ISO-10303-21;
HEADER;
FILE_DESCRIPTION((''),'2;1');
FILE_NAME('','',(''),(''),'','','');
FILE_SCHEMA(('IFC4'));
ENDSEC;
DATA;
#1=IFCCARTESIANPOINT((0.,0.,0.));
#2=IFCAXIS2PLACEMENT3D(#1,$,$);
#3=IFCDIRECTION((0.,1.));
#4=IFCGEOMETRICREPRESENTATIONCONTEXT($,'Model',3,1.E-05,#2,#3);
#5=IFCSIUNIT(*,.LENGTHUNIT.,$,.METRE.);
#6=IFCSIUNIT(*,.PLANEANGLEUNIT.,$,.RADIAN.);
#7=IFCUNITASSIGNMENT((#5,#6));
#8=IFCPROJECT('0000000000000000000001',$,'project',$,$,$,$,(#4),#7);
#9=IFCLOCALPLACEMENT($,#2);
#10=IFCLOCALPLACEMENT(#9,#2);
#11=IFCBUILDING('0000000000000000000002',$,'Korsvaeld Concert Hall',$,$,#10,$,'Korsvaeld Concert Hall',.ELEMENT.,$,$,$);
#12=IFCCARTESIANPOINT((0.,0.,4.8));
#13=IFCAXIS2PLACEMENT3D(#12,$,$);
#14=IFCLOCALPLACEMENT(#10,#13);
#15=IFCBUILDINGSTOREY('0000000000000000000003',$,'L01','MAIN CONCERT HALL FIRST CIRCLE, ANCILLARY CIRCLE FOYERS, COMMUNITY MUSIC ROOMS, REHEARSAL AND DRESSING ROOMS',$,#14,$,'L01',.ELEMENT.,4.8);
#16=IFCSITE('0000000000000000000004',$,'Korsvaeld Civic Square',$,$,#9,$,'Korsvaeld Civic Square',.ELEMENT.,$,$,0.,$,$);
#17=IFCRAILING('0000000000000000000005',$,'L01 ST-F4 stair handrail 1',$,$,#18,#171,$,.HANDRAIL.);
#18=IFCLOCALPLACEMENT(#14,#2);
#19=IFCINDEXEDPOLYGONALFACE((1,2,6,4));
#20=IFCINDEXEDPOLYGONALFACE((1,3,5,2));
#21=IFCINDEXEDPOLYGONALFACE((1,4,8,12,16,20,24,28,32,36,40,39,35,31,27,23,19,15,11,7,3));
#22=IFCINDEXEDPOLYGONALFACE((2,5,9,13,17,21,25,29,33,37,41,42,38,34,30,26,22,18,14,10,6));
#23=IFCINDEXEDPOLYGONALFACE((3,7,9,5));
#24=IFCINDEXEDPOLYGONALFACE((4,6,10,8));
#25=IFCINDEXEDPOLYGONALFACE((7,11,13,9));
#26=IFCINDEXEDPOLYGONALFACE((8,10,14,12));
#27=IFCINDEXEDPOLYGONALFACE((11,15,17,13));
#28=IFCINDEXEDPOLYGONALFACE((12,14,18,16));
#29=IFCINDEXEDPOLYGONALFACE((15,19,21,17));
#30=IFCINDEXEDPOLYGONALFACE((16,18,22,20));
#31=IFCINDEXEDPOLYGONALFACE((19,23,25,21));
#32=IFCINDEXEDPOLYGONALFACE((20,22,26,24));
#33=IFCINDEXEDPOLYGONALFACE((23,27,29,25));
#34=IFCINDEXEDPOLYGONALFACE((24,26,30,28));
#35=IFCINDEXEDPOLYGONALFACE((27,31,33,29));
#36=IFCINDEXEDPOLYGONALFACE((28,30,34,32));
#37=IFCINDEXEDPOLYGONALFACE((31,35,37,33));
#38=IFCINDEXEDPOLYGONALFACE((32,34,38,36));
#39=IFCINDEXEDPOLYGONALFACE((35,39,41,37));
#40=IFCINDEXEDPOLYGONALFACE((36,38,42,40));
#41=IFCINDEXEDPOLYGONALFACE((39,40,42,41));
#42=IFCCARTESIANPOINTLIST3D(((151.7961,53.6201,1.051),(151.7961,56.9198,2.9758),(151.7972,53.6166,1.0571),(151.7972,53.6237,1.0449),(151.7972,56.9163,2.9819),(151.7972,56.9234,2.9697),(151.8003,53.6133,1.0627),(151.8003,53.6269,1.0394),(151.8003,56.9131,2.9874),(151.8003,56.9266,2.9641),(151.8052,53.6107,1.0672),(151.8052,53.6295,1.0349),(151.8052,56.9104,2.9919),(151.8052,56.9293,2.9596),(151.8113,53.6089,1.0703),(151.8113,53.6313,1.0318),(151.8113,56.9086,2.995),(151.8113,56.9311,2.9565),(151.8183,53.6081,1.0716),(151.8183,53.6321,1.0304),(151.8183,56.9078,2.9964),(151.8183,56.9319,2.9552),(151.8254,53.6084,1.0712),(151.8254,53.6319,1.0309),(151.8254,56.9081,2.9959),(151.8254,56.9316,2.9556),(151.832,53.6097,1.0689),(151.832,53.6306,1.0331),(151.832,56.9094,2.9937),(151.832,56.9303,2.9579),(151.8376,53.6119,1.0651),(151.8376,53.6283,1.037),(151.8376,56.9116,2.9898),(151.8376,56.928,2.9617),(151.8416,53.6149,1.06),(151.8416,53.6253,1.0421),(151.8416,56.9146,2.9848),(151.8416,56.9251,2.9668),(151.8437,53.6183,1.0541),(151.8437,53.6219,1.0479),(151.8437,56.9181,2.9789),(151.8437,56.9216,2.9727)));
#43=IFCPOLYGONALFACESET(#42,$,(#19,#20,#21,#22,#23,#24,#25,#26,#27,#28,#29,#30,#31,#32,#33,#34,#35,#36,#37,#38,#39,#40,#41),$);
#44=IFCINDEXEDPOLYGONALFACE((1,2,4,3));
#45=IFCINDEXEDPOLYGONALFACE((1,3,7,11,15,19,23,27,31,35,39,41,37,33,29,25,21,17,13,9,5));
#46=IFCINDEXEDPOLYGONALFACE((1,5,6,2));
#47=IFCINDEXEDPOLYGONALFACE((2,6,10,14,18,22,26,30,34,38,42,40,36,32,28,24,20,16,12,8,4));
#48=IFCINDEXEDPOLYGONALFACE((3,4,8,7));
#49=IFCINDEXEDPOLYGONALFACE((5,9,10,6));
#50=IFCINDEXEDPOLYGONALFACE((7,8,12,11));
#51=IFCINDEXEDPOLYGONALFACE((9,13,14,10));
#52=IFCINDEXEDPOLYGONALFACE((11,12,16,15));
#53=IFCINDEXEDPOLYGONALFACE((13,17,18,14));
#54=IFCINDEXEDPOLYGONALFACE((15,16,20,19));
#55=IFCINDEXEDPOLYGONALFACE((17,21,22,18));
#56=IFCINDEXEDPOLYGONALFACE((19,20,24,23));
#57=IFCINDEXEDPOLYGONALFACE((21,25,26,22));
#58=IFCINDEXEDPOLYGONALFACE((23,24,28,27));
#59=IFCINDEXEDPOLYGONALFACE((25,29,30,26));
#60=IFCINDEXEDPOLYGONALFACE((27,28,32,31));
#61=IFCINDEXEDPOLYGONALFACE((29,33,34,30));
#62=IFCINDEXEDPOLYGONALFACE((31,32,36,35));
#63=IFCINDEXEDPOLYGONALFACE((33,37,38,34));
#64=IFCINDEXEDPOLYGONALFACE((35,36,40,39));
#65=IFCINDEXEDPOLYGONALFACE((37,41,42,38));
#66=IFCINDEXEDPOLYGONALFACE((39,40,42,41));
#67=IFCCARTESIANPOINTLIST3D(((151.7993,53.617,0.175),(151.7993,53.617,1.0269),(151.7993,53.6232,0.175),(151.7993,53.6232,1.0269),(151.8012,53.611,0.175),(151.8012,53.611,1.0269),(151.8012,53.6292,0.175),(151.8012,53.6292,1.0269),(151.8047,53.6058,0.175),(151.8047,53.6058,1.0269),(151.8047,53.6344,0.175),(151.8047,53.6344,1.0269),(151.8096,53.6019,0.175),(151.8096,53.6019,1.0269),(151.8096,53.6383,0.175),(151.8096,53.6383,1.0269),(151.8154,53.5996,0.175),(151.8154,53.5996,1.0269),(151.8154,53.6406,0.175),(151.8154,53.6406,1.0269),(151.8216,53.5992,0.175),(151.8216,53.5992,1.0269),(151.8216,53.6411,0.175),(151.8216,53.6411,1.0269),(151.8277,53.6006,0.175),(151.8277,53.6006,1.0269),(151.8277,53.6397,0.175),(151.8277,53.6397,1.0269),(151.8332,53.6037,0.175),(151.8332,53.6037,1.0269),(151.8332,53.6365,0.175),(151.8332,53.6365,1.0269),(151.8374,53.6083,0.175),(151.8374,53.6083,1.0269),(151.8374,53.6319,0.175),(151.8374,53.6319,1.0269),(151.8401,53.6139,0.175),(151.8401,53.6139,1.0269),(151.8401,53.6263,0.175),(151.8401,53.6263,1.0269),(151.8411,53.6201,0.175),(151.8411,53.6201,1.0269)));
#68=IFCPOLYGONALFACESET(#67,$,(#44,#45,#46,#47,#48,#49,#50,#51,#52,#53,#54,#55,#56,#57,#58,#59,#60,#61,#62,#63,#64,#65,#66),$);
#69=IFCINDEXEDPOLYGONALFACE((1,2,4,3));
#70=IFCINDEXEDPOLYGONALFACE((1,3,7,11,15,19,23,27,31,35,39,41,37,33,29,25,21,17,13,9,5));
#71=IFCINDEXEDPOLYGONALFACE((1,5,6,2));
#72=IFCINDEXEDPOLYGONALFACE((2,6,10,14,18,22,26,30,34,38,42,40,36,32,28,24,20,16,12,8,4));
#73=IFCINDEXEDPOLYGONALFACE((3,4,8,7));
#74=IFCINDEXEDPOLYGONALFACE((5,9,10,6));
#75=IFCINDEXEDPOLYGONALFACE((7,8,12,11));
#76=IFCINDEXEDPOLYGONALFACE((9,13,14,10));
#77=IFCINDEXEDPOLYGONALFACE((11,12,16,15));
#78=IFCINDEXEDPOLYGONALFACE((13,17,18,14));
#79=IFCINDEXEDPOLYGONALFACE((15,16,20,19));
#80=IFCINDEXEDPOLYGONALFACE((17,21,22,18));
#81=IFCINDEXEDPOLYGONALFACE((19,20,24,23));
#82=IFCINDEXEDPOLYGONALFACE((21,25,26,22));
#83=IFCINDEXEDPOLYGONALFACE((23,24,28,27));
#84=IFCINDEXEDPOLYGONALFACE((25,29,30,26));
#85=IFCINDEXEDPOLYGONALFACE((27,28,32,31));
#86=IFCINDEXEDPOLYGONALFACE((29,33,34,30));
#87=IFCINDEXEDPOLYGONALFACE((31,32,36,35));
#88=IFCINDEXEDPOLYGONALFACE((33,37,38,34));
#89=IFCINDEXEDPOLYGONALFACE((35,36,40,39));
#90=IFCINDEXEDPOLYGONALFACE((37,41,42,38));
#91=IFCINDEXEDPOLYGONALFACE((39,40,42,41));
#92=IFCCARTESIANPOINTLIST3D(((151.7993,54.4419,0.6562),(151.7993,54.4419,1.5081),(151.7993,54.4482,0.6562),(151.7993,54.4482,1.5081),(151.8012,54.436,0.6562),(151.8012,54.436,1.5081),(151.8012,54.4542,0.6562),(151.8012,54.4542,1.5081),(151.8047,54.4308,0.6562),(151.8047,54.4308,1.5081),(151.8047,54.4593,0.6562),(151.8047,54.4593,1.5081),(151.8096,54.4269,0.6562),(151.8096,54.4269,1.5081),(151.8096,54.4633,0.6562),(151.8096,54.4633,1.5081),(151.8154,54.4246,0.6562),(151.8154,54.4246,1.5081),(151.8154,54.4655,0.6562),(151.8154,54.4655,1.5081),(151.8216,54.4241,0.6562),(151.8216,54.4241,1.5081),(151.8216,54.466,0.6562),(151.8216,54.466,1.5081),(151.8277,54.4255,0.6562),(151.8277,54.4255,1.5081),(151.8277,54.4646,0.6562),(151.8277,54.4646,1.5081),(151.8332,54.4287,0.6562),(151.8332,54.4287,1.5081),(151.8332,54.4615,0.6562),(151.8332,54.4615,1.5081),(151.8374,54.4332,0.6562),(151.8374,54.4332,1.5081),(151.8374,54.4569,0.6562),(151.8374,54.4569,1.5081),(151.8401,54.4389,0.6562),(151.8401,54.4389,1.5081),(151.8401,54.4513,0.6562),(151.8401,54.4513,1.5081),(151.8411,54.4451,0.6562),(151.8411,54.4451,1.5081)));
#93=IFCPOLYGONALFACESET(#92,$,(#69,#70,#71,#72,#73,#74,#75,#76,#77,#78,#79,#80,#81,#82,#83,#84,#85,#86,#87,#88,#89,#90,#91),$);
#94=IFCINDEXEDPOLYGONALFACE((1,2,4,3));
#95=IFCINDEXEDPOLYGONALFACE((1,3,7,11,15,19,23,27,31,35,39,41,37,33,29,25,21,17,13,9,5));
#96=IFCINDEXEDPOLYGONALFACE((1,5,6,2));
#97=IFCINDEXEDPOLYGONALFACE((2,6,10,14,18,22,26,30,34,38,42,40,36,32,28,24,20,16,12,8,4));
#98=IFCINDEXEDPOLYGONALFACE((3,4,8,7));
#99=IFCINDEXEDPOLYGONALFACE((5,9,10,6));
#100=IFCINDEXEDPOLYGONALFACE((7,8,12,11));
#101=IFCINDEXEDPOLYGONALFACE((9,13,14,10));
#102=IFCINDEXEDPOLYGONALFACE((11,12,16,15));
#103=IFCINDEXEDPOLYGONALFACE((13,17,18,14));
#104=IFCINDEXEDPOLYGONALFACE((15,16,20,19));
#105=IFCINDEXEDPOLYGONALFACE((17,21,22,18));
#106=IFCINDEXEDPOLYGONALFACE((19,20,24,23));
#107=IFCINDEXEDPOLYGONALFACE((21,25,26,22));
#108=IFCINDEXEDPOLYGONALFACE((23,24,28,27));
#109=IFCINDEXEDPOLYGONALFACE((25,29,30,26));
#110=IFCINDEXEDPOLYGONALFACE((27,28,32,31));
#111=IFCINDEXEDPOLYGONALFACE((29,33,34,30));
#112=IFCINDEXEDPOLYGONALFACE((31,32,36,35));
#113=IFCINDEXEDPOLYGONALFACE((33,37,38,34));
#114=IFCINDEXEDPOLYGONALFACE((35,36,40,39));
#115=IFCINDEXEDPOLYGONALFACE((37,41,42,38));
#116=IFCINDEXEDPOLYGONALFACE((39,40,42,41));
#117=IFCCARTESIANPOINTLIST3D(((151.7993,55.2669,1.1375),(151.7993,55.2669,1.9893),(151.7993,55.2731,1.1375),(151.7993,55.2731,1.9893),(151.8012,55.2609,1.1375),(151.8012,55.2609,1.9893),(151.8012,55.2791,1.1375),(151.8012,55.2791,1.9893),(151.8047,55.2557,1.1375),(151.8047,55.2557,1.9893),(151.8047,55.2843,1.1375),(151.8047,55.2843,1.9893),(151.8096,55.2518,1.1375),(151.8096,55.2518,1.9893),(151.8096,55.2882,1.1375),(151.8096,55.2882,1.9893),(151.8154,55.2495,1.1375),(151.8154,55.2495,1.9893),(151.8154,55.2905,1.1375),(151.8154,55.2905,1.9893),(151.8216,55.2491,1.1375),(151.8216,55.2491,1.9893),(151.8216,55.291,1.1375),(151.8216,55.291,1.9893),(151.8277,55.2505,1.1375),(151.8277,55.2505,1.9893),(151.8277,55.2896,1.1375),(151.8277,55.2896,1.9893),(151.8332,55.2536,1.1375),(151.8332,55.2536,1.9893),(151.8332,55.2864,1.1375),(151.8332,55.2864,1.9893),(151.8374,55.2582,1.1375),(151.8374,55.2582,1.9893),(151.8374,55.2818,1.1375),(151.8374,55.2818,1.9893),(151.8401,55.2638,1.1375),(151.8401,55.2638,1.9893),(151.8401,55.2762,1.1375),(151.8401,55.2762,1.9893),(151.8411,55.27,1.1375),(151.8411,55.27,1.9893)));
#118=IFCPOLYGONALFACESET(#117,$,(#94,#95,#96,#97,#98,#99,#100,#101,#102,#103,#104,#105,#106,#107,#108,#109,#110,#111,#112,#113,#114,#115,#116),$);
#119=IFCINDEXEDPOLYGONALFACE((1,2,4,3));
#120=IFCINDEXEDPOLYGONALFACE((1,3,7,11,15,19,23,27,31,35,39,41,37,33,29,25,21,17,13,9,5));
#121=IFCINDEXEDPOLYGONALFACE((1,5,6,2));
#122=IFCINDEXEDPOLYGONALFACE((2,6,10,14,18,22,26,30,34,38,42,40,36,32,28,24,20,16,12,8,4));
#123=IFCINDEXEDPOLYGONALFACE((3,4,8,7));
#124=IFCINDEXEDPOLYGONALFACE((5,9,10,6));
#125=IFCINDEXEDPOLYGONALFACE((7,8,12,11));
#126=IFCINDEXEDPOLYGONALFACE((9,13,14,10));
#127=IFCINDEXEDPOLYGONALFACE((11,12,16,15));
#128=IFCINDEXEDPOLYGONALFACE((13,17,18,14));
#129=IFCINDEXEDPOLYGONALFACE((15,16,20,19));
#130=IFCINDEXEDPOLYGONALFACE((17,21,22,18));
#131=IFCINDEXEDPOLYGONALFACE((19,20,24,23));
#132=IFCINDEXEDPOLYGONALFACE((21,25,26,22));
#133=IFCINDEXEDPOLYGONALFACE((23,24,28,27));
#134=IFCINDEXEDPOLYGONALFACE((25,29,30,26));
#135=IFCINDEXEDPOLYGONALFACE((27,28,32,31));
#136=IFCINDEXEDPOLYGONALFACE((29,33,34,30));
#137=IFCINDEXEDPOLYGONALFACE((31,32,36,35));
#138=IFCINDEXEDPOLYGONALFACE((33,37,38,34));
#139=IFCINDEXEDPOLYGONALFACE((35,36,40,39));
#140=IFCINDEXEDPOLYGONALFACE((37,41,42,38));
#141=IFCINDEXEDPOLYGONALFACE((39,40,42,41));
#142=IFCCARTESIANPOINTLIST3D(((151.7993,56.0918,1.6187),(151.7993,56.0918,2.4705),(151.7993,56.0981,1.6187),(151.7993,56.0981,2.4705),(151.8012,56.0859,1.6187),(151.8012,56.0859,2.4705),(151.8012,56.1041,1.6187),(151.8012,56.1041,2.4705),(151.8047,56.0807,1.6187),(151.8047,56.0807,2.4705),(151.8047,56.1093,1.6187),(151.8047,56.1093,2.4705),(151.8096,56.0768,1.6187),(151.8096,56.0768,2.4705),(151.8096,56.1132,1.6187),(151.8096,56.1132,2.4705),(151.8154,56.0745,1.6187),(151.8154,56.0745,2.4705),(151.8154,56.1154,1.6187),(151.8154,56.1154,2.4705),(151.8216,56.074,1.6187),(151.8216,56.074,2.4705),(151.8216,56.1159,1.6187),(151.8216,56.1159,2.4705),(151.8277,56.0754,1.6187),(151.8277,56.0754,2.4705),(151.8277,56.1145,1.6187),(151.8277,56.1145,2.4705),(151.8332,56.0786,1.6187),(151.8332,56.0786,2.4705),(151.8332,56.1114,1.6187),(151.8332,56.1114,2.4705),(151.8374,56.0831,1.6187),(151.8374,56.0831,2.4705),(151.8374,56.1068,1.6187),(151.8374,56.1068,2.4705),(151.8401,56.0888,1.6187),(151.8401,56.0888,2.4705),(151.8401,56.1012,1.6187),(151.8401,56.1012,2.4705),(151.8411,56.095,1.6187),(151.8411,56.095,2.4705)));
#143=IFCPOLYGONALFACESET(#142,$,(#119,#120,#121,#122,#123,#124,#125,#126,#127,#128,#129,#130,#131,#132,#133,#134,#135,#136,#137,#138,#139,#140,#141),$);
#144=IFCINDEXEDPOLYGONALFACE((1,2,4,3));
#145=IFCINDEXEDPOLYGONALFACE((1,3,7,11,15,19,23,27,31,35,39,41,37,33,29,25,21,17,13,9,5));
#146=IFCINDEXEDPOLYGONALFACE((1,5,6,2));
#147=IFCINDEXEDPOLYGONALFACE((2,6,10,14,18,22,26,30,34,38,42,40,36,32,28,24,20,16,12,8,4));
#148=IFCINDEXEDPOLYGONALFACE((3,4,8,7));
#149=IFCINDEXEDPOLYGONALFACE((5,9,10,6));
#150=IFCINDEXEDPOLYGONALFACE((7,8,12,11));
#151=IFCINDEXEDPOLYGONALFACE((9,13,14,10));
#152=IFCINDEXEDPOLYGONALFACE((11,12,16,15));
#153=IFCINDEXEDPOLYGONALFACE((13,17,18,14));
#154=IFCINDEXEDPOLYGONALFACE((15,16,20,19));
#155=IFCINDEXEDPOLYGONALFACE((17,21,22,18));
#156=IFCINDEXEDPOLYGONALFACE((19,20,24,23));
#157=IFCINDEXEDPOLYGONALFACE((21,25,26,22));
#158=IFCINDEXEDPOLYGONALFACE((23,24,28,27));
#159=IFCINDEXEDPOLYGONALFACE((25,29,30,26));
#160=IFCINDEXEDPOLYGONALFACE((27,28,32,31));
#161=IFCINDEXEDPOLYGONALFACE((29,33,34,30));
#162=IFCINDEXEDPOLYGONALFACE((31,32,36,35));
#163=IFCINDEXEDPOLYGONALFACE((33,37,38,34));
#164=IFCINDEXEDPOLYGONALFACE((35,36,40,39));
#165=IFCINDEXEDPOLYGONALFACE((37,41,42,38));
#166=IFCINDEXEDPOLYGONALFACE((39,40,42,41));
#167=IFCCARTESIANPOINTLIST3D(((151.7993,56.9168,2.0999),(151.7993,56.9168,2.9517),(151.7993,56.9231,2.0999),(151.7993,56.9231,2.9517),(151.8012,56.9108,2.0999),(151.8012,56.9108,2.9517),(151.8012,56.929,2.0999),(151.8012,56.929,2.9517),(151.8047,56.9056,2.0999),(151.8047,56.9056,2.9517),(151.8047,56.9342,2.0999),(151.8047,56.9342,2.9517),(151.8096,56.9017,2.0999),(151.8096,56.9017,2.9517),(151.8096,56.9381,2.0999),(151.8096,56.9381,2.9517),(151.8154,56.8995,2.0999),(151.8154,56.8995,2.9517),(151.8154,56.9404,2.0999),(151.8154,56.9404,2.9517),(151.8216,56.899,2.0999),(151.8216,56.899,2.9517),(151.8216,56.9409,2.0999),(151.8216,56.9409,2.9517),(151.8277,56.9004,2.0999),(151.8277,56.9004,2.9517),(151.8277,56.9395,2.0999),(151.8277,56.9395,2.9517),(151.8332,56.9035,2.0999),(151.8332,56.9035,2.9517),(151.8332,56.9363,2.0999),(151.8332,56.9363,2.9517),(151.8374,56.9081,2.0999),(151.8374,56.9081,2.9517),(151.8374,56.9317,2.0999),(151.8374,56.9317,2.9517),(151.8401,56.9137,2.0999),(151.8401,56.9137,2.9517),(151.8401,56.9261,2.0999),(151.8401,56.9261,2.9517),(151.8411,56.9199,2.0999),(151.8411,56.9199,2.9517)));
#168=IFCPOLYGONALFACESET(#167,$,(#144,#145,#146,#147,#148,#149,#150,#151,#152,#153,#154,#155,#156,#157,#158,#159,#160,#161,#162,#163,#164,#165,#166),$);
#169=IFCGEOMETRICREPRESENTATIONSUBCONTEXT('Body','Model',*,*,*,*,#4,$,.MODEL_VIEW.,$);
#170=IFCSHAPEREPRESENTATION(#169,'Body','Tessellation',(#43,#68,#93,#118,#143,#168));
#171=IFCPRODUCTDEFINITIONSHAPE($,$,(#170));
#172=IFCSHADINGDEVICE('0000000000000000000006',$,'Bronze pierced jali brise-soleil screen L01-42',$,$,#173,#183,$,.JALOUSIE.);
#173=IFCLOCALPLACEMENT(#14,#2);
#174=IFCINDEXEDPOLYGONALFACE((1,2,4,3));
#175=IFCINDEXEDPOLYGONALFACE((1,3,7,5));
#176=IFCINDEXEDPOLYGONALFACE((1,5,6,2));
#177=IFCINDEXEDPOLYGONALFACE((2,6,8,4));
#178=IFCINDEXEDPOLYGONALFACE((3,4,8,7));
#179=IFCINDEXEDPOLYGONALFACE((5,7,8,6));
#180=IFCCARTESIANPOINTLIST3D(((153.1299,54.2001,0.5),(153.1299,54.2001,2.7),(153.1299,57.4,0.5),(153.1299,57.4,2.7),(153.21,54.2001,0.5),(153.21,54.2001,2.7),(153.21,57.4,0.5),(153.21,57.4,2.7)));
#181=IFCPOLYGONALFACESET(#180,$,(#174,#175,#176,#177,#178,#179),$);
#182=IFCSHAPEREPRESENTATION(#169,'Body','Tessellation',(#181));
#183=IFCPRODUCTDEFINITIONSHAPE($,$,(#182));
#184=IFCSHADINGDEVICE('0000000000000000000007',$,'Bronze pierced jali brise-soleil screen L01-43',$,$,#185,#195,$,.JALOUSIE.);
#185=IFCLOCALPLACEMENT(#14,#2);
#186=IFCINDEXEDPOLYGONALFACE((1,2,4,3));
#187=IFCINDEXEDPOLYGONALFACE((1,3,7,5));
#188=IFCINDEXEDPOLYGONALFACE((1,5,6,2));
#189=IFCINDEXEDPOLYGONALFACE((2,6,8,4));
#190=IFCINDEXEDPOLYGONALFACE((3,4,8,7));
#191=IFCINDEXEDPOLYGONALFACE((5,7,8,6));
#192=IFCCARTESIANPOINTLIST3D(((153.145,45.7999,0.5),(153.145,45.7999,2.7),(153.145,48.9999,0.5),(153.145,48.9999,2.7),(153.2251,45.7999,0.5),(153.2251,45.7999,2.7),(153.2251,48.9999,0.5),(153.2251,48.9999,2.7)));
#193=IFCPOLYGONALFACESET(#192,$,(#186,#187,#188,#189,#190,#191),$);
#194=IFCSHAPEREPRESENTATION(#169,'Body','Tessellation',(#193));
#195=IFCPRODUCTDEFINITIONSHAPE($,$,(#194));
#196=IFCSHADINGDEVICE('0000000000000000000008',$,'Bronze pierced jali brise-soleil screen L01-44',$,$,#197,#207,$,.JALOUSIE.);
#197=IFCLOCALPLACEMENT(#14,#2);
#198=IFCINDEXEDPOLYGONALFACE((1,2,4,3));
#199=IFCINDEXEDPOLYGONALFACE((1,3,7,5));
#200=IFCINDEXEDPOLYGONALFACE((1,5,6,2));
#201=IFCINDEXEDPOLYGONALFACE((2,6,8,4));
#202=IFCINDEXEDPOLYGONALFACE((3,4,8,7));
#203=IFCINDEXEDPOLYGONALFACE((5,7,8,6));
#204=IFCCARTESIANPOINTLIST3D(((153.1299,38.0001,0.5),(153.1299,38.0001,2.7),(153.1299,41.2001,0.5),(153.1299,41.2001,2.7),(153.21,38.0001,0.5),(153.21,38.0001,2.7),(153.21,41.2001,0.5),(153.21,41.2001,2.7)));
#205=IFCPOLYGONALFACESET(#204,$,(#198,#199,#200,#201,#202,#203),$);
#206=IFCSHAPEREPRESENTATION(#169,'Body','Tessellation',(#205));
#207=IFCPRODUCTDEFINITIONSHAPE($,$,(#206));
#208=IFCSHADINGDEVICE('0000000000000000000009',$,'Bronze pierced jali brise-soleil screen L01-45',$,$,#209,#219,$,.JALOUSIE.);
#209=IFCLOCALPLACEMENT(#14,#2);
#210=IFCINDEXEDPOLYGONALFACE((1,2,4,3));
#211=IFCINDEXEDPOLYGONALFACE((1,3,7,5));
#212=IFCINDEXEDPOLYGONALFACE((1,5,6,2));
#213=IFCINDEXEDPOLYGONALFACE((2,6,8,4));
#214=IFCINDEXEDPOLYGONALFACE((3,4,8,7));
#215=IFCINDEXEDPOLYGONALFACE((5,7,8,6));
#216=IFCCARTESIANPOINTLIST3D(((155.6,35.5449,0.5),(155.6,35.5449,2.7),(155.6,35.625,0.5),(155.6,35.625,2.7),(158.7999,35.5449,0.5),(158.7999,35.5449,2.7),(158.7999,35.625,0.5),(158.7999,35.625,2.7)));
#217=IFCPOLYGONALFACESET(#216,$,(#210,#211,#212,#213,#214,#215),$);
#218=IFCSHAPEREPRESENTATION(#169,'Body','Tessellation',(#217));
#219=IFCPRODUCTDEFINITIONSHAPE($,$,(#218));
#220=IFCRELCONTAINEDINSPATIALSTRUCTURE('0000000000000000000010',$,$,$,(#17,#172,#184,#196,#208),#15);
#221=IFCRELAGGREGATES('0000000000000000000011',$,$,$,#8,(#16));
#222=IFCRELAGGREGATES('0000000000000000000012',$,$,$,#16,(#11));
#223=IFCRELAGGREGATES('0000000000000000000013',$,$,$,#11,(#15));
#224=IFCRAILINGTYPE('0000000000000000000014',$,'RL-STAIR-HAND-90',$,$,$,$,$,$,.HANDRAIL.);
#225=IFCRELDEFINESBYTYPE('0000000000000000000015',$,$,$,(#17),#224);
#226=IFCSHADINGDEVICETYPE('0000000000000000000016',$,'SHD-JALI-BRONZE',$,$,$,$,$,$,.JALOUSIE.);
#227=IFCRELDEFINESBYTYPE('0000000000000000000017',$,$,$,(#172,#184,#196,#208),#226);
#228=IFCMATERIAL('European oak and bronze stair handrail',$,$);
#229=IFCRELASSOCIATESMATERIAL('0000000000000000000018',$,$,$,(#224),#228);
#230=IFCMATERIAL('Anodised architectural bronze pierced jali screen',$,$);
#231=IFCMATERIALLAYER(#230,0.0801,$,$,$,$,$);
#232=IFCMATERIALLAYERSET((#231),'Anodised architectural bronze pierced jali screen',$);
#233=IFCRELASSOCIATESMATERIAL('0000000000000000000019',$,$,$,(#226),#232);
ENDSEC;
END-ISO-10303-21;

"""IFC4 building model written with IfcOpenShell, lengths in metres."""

from ifc_helpers import new_model, si_unit, direction, frame, origin, origin_2d, place, context, subcontext, project, spatial, rectangle, circle, extrude, material, layer, layer_set, type_object, element, save


model = new_model("IFC4")

# Units and contexts
model_context = context("Model", 3, precision=1e-05, world=origin(), true_north=direction((0.0, 1.0)))
body_context = subcontext(model_context, "Body", "Model", "MODEL_VIEW")
ifc_project = project(units=[si_unit("LENGTHUNIT", "METRE"), si_unit("PLANEANGLEUNIT", "RADIAN")], contexts=[model_context])

# Site, building, storey
site_placement = place(None, origin())
site = spatial("IfcSite", under=ifc_project, at=site_placement, Name="Korsvaeld Civic Square", LongName="Korsvaeld Civic Square", CompositionType="ELEMENT", RefElevation=0.0)
building_placement = place(site_placement, origin())
building = spatial("IfcBuilding", under=site, at=building_placement, Name="Korsvaeld Concert Hall", LongName="Korsvaeld Concert Hall", CompositionType="ELEMENT")
storey_placement = place(building_placement, frame((0.0, 0.0, 4.8)))
storey = spatial("IfcBuildingStorey", under=building, at=storey_placement, Name="L01", Description="MAIN CONCERT HALL FIRST CIRCLE, ANCILLARY CIRCLE FOYERS, COMMUNITY MUSIC ROOMS, REHEARSAL AND DRESSING ROOMS", LongName="L01", CompositionType="ELEMENT", Elevation=4.8)

# Railing
ifc_material_1 = material(Name="European oak and bronze stair handrail")
railing_type_1 = type_object("IfcRailingType", Name="RL-STAIR-HAND-90", PredefinedType="HANDRAIL", material=ifc_material_1)
railing_1_placement = place(storey_placement, frame((151.8201, 53.6201, 0.175)))
element("IfcRailing", 1, at=railing_1_placement, inside=storey, type_object=railing_type_1, Name="L01 ST-F4 stair handrail 1", PredefinedType="HANDRAIL", context=body_context, shape_type="SweptSolid", body=[
    extrude(circle(Radius=0.0239, at=origin_2d()), frame((0.0, 0.0, 0.876), z_axis=(0.0, 0.863788, 0.503855), x_axis=(-1.0, 0.0, 0.0)), (0.0, 0.0, 1.0), 3.8201),
    extrude(circle(Radius=0.021, at=origin_2d()), origin(), (0.0, 0.0, 1.0), 0.8518),
    extrude(circle(Radius=0.021, at=origin_2d()), frame((0.0, 0.825, 0.4812)), (0.0, 0.0, 1.0), 0.8518),
    extrude(circle(Radius=0.021, at=origin_2d()), frame((0.0, 1.6499, 0.9624)), (0.0, 0.0, 1.0), 0.8518),
    extrude(circle(Radius=0.021, at=origin_2d()), frame((0.0, 2.4749, 1.4436)), (0.0, 0.0, 1.0), 0.8518),
    extrude(circle(Radius=0.021, at=origin_2d()), frame((0.0, 3.2998, 1.9248)), (0.0, 0.0, 1.0), 0.8518),
])

# Shading devices
ifc_material_2 = material(Name="Anodised architectural bronze pierced jali screen")
ifc_layer_1 = layer(ifc_material_2, 0.0801)
ifc_layer_set_1 = layer_set([ifc_layer_1], Name="Anodised architectural bronze pierced jali screen")
shading_device_type = type_object("IfcShadingDeviceType", Name="SHD-JALI-BRONZE", PredefinedType="JALOUSIE", material=ifc_layer_set_1)
for number, where, z_axis, x_axis, name in (
    (2, (153.1699, 55.8, 0.5), (0.0, 0.0, 1.0), (0.0, -1.0, 0.0), "Bronze pierced jali brise-soleil screen L01-42"),
    (3, (153.1851, 47.3999, 0.5), (0.0, 0.0, 1.0), (0.0, -1.0, 0.0), "Bronze pierced jali brise-soleil screen L01-43"),
    (4, (153.1699, 39.6001, 0.5), (0.0, 0.0, 1.0), (0.0, -1.0, 0.0), "Bronze pierced jali brise-soleil screen L01-44"),
    (5, (157.2, 35.585, 0.5), (0.0, 0.0, 1.0), (1.0, 0.0, 0.0), "Bronze pierced jali brise-soleil screen L01-45"),
):
    element("IfcShadingDevice", number, at=place(storey_placement, frame(where, z_axis=z_axis, x_axis=x_axis)), inside=storey, type_object=shading_device_type, Name=name, PredefinedType="JALOUSIE", context=body_context, shape_type="SweptSolid", body=[
        extrude(rectangle(XDim=3.2, YDim=0.0801, at=origin_2d()), origin(), (0.0, 0.0, 1.0), 2.2),
    ])

save(model, "model.ifc")
